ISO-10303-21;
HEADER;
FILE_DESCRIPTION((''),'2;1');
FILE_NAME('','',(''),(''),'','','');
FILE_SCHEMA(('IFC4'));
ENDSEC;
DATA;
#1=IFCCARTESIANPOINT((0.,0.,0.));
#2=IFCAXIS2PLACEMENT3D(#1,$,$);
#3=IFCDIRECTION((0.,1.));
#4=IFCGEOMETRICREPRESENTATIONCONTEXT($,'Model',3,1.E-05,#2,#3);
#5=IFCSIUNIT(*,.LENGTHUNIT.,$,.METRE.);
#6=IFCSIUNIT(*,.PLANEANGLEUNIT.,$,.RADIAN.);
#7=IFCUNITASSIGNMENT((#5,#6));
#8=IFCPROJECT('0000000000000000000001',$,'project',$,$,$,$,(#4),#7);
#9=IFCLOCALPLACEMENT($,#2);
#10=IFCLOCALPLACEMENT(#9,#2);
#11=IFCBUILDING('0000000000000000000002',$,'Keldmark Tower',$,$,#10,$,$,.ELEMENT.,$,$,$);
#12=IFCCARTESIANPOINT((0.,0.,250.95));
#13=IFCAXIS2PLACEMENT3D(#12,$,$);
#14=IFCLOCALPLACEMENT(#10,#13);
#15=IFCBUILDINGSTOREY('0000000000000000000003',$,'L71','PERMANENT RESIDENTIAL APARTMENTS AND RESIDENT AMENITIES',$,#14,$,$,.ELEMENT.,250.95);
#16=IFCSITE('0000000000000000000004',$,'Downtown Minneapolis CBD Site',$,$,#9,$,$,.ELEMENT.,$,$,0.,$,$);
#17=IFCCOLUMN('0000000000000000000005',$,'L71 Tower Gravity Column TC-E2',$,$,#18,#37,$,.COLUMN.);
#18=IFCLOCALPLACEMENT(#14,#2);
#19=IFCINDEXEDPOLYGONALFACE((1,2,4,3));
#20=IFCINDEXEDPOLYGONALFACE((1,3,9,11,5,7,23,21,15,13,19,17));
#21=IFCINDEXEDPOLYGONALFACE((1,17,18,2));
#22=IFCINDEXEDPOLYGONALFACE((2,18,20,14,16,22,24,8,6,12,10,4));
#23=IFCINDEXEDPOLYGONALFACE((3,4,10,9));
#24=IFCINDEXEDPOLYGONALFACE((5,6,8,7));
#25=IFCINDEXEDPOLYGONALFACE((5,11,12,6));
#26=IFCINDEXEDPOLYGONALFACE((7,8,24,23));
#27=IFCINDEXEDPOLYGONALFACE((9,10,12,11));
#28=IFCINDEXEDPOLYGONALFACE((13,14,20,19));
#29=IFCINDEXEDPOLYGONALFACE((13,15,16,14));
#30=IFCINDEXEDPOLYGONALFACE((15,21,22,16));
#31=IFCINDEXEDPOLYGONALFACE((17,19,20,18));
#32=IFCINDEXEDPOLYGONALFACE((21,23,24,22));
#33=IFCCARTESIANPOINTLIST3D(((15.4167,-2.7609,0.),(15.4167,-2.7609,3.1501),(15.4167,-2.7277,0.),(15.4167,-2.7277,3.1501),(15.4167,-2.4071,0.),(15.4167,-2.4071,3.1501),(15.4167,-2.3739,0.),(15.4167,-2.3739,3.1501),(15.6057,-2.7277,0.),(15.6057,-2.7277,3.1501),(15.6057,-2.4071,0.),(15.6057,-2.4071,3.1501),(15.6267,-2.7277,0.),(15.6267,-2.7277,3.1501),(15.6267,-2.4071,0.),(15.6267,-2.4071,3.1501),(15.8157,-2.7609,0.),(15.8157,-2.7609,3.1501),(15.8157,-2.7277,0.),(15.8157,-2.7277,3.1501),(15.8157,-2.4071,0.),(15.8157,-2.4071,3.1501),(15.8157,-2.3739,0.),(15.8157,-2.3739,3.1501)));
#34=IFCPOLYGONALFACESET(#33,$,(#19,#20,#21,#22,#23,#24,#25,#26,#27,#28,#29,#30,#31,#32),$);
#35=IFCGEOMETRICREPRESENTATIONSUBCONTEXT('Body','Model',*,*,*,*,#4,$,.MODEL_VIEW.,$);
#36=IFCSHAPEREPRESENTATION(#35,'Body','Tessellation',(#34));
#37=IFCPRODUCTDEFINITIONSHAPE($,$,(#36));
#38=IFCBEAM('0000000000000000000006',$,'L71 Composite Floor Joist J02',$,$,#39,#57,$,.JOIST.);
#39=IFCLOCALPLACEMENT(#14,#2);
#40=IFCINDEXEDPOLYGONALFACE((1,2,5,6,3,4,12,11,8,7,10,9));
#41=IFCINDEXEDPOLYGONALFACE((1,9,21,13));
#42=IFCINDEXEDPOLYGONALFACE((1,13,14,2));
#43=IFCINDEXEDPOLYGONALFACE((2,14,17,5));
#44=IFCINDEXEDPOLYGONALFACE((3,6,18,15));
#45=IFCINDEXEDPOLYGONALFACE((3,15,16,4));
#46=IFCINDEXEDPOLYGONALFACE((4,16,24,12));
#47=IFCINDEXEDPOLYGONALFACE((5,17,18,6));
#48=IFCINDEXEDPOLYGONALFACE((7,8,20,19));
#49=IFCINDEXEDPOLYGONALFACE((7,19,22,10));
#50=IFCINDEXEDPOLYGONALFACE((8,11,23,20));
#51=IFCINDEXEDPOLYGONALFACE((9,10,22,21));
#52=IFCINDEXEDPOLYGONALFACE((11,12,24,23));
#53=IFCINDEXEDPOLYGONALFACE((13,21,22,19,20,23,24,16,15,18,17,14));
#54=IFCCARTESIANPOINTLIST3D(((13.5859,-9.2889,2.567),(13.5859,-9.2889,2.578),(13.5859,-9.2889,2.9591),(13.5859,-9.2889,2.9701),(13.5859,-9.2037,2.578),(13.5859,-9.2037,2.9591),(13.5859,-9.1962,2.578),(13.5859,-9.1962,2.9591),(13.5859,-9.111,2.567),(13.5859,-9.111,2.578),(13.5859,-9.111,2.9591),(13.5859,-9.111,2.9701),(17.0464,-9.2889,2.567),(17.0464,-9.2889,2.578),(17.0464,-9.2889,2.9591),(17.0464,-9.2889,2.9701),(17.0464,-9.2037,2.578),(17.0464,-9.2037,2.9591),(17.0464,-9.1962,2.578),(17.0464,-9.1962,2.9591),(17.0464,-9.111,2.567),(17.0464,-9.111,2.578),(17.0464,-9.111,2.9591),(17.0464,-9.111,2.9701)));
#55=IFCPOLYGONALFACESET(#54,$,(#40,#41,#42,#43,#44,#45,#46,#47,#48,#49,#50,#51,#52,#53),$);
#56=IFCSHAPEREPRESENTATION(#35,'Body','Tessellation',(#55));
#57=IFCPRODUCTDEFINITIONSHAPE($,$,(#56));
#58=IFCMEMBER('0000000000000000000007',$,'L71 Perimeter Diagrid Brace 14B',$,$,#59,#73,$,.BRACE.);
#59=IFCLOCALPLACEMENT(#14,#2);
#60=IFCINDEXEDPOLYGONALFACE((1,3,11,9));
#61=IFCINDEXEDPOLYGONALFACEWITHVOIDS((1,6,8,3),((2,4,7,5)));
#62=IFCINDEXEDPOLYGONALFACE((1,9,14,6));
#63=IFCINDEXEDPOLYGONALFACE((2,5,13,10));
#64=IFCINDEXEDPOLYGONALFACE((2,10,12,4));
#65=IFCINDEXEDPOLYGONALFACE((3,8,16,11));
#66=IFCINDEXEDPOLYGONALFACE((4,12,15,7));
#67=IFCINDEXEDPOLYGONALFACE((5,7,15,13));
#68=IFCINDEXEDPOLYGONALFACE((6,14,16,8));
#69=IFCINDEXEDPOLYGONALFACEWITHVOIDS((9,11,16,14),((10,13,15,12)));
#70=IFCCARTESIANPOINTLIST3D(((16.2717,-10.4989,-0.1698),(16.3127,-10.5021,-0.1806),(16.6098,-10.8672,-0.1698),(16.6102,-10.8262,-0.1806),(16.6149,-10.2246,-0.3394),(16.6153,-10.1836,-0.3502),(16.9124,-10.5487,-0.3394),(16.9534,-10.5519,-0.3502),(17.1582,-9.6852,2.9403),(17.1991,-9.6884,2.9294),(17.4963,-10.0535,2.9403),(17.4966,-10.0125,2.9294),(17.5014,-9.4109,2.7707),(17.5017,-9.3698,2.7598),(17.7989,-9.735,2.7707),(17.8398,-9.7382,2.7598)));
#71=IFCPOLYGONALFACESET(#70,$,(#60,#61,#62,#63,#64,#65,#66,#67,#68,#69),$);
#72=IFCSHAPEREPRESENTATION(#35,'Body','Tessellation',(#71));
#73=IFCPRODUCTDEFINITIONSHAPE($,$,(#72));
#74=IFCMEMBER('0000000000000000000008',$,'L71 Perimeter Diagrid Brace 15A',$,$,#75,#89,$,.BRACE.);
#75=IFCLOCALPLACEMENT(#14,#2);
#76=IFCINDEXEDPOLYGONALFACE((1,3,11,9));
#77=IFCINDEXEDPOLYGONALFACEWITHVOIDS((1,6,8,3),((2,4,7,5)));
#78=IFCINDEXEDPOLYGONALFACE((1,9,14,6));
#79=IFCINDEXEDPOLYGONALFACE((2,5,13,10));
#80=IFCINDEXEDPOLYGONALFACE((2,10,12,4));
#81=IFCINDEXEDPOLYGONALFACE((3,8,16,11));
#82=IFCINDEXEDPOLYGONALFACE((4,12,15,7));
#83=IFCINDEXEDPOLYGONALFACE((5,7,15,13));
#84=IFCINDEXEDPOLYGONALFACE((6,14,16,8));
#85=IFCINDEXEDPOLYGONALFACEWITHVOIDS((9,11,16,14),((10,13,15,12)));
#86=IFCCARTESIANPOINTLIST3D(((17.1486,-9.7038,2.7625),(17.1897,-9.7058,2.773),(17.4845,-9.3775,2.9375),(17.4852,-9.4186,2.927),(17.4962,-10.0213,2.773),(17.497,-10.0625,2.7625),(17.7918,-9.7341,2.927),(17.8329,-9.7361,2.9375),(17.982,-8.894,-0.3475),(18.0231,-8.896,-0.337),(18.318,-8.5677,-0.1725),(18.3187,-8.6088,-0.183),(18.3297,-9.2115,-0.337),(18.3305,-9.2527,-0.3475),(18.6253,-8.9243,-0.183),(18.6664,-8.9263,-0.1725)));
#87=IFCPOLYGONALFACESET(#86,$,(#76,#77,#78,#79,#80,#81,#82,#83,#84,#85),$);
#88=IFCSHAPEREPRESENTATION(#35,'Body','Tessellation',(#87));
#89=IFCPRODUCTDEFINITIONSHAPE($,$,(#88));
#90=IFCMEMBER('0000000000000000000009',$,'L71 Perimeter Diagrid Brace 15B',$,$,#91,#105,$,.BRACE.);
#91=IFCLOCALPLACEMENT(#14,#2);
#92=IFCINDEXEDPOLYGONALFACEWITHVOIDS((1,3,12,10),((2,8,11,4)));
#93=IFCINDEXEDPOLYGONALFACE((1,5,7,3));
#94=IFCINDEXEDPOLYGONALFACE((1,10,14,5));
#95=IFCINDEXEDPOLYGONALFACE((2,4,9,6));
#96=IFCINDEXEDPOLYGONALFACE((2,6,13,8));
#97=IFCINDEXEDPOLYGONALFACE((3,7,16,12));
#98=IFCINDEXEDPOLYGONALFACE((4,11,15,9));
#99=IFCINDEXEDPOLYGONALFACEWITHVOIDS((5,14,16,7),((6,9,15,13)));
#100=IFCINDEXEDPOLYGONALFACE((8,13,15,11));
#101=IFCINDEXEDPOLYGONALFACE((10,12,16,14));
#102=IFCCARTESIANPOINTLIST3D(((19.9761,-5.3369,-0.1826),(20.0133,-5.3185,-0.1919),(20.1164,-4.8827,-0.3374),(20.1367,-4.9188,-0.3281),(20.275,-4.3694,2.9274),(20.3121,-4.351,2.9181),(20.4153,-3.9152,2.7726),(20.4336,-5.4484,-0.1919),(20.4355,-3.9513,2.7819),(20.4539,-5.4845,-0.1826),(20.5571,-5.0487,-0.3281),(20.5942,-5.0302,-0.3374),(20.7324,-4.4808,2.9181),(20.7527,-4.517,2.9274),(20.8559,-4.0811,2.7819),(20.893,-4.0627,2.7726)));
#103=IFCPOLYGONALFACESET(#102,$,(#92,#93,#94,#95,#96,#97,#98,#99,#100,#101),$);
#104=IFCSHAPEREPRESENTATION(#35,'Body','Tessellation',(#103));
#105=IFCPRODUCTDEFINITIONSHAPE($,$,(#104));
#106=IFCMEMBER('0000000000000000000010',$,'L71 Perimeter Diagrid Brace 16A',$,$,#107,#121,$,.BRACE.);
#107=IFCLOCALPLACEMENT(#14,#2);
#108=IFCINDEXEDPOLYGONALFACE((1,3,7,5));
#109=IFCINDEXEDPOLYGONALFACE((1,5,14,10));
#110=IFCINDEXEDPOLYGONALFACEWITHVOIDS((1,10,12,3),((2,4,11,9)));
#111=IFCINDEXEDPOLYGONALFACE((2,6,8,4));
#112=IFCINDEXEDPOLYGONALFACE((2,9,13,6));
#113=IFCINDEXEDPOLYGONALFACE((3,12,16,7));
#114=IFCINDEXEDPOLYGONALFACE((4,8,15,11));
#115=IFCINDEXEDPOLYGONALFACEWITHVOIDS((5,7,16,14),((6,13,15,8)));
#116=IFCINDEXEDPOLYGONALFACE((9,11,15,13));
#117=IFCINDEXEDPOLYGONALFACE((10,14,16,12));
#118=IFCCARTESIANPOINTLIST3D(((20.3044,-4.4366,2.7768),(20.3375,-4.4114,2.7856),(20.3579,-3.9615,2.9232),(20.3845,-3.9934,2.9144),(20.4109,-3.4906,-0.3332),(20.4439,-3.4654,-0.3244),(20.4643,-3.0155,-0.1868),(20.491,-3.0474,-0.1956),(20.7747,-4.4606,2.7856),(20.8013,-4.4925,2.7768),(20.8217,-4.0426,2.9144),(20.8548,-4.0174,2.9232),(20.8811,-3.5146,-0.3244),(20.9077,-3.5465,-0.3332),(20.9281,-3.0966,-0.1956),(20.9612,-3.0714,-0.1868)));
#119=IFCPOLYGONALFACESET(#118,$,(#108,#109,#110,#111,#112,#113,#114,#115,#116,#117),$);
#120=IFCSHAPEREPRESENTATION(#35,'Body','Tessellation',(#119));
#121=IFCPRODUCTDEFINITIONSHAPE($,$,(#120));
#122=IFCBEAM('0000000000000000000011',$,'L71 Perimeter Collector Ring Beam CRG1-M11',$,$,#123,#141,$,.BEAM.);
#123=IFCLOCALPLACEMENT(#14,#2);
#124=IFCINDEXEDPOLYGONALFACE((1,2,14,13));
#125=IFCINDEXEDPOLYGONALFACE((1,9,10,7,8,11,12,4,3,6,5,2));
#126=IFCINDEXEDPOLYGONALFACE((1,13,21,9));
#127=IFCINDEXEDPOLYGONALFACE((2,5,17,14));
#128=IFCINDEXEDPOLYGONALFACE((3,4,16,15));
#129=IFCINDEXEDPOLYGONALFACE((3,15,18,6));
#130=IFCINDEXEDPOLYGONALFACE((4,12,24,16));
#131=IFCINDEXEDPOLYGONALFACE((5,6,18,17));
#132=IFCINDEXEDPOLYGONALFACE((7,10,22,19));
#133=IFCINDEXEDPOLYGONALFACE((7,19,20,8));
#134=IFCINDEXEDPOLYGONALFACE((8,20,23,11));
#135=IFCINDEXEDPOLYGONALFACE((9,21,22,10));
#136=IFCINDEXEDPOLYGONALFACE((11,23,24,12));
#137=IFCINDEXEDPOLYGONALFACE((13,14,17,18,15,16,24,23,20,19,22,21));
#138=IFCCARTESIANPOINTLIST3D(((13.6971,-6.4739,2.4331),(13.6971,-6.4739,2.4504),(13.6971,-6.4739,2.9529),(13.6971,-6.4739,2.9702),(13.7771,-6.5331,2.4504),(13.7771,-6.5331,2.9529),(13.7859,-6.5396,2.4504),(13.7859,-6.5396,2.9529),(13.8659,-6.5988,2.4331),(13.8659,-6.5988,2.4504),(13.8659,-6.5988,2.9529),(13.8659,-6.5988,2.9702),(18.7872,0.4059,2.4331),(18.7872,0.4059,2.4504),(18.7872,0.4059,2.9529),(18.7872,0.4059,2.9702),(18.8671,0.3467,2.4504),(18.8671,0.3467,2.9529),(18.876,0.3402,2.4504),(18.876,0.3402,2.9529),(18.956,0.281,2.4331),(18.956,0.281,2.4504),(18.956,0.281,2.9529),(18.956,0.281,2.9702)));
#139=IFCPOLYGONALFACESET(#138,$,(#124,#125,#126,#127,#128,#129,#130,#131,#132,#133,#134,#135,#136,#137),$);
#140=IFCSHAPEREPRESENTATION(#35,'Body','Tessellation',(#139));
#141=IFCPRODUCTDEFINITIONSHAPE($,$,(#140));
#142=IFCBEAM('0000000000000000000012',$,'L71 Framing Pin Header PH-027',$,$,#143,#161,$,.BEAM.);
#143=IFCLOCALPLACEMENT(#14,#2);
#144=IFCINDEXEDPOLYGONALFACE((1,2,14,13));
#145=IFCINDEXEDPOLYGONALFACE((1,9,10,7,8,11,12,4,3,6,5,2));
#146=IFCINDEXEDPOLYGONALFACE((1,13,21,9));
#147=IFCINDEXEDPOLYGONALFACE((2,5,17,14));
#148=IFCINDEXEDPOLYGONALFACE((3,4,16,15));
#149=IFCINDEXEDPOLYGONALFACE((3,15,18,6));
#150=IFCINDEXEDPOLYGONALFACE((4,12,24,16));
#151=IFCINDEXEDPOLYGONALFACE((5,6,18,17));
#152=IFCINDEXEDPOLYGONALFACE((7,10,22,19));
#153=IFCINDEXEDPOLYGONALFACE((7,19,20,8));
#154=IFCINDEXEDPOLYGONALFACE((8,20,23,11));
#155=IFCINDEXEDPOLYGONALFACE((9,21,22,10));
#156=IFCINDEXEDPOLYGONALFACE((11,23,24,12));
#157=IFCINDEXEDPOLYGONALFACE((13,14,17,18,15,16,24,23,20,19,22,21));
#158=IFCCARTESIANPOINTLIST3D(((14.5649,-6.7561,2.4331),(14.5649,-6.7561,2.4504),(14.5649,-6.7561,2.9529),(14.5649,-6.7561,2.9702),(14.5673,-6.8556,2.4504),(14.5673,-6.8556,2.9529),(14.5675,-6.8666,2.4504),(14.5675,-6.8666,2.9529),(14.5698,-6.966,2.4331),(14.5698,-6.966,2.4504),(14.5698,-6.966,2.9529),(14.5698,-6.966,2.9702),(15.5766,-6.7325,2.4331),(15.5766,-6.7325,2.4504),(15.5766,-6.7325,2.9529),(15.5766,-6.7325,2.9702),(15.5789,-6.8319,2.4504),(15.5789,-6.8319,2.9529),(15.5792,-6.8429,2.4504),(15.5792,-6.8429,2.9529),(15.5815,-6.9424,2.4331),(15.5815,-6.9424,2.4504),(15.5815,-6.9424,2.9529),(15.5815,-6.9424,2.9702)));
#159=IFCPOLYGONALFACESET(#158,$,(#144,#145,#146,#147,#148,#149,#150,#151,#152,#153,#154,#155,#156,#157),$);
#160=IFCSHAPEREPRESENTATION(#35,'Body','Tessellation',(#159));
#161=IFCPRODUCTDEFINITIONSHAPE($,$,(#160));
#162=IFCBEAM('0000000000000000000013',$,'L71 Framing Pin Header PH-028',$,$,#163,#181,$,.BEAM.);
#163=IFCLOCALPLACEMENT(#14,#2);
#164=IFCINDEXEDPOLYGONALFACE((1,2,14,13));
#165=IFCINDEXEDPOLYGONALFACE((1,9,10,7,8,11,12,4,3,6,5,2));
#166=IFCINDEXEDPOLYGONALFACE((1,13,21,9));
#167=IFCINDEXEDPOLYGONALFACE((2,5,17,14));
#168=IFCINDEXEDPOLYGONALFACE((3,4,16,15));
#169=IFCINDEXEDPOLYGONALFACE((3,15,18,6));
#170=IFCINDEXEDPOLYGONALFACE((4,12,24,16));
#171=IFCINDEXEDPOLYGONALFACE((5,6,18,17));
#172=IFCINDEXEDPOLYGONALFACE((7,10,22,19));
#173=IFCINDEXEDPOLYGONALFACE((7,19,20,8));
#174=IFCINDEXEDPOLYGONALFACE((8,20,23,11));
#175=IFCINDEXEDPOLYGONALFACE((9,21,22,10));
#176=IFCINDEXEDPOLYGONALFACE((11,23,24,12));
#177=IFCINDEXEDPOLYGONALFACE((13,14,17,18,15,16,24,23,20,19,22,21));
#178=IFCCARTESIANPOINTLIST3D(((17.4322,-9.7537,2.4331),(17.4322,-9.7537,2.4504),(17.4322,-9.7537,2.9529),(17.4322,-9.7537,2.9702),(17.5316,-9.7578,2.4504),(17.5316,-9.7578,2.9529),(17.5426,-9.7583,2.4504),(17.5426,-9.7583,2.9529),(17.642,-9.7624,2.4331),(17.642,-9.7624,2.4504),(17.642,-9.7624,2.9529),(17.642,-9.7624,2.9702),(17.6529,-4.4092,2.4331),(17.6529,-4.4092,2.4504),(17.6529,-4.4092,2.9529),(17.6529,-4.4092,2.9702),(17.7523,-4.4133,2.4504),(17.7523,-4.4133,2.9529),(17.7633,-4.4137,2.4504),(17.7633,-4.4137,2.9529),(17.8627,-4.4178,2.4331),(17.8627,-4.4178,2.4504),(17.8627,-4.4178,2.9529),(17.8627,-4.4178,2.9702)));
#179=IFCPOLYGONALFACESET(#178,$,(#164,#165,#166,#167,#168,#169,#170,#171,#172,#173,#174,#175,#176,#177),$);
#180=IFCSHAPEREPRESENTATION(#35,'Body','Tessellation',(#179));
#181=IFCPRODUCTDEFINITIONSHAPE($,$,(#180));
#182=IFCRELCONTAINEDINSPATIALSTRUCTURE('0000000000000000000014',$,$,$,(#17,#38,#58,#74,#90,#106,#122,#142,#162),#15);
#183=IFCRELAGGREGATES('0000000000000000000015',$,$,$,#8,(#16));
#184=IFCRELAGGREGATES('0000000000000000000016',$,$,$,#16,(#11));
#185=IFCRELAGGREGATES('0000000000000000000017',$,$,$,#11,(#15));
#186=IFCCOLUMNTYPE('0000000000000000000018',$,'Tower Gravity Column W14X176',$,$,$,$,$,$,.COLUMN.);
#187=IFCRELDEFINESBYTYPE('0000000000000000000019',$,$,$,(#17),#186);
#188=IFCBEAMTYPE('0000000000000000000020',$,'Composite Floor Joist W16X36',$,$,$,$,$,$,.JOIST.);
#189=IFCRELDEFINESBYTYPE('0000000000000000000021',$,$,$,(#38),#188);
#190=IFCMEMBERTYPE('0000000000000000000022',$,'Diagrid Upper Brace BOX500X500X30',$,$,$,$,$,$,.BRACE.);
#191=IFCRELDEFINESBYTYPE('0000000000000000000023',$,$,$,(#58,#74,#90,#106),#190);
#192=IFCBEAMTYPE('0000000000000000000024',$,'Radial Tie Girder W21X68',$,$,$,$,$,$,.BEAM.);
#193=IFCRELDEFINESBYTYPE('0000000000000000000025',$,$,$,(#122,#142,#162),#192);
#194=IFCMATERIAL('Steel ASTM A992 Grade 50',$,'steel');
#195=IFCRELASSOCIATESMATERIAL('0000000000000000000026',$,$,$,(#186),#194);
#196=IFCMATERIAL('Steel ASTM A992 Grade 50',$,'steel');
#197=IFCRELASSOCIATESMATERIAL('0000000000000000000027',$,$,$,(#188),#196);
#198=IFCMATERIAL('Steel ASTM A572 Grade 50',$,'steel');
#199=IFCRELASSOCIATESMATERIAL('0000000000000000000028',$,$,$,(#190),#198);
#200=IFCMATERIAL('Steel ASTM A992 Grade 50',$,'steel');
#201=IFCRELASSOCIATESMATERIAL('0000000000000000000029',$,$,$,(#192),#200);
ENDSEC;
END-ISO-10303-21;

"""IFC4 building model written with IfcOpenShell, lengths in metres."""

from ifc_helpers import new_model, si_unit, direction, frame, origin, origin_2d, place, context, subcontext, project, spatial, hollow_rectangle, i_section, extrude, material, material_profile, profile_set, type_object, element, save


model = new_model("IFC4")

# Units and contexts
model_context = context("Model", 3, precision=1e-05, world=origin(), true_north=direction((0.0, 1.0)))
body_context = subcontext(model_context, "Body", "Model", "MODEL_VIEW")
ifc_project = project(units=[si_unit("LENGTHUNIT", "METRE"), si_unit("PLANEANGLEUNIT", "RADIAN")], contexts=[model_context])

# Site, building, storey
site_placement = place(None, origin())
site = spatial("IfcSite", under=ifc_project, at=site_placement, Name="Downtown Minneapolis CBD Site", CompositionType="ELEMENT", RefElevation=0.0)
building_placement = place(site_placement, origin())
building = spatial("IfcBuilding", under=site, at=building_placement, Name="Keldmark Tower", CompositionType="ELEMENT")
storey_placement = place(building_placement, frame((0.0, 0.0, 250.95)))
storey = spatial("IfcBuildingStorey", under=building, at=storey_placement, Name="L71", Description="PERMANENT RESIDENTIAL APARTMENTS AND RESIDENT AMENITIES", CompositionType="ELEMENT", Elevation=250.95)

# Column
ifc_material_1 = material(Name="Steel ASTM A992 Grade 50", Category="steel")
ifc_material_profile_1 = material_profile(ifc_material_1, i_section(OverallWidth=0.3989, OverallDepth=0.387, WebThickness=0.021, FlangeThickness=0.0332, at=origin_2d()), Name="W14X176")
ifc_profile_set_1 = profile_set([ifc_material_profile_1], Name="Steel ASTM A992 Grade 50")
column_type = type_object("IfcColumnType", Name="Tower Gravity Column W14X176", PredefinedType="COLUMN", material=ifc_profile_set_1)
column_placement = place(storey_placement, frame((15.6162, -2.5674, 0.0), z_axis=(0.0, 0.0, 1.0), x_axis=(1.0, 0.0, 0.0)))
element("IfcColumn", 1, at=column_placement, inside=storey, type_object=column_type, Name="L71 Tower Gravity Column TC-E2", PredefinedType="COLUMN", context=body_context, shape_type="SweptSolid", body=[
    extrude(i_section(OverallWidth=0.3989, OverallDepth=0.387, WebThickness=0.021, FlangeThickness=0.0332, at=origin_2d()), origin(), (0.0, 0.0, 1.0), 3.1501),
])

# Beam
ifc_material_2 = material(Name="Steel ASTM A992 Grade 50", Category="steel")
ifc_material_profile_2 = material_profile(ifc_material_2, i_section(OverallWidth=0.178, OverallDepth=0.4031, WebThickness=0.0076, FlangeThickness=0.011, at=origin_2d()), Name="W16X36")
ifc_profile_set_2 = profile_set([ifc_material_profile_2], Name="Steel ASTM A992 Grade 50")
beam_type_1 = type_object("IfcBeamType", Name="Composite Floor Joist W16X36", PredefinedType="JOIST", material=ifc_profile_set_2)
beam_1_placement = place(storey_placement, frame((13.5859, -9.2, 2.7686), z_axis=(1.0, 0.0, 0.0), x_axis=(0.0, 1.0, 0.0)))
element("IfcBeam", 2, at=beam_1_placement, inside=storey, type_object=beam_type_1, Name="L71 Composite Floor Joist J02", PredefinedType="JOIST", context=body_context, shape_type="SweptSolid", body=[
    extrude(i_section(OverallWidth=0.178, OverallDepth=0.4031, WebThickness=0.0076, FlangeThickness=0.011, at=origin_2d()), origin(), (0.0, 0.0, 1.0), 3.4604),
])

# Members
ifc_material_3 = material(Name="Steel ASTM A572 Grade 50", Category="steel")
ifc_material_profile_3 = material_profile(ifc_material_3, hollow_rectangle(XDim=0.5, YDim=0.5, WallThickness=0.03, at=origin_2d()), Name="BOX500X500X30")
ifc_profile_set_3 = profile_set([ifc_material_profile_3], Name="Steel ASTM A572 Grade 50")
member_type = type_object("IfcMemberType", Name="Diagrid Upper Brace BOX500X500X30", PredefinedType="BRACE", material=ifc_profile_set_3)
member_1_placement = place(storey_placement, frame((16.6125, -10.5254, -0.26), z_axis=(0.265827, 0.24401, 0.932628), x_axis=(-0.67623, 0.736691, 0.0)))
element("IfcMember", 3, at=member_1_placement, inside=storey, type_object=member_type, Name="L71 Perimeter Diagrid Brace 14B", PredefinedType="BRACE", context=body_context, shape_type="SweptSolid", body=[
    extrude(hollow_rectangle(XDim=0.5, YDim=0.5, WallThickness=0.03, at=origin_2d()), origin(), (0.0, 0.0, 1.0), 3.3347),
])
member_2_placement = place(storey_placement, frame((18.3242, -8.9102, -0.26), z_axis=(-0.251043, -0.24391, 0.936742), x_axis=(0.696844, -0.717222, 0.0)))
element("IfcMember", 4, at=member_2_placement, inside=storey, type_object=member_type, Name="L71 Perimeter Diagrid Brace 15A", PredefinedType="BRACE", context=body_context, shape_type="SweptSolid", body=[
    extrude(hollow_rectangle(XDim=0.5, YDim=0.5, WallThickness=0.03, at=origin_2d()), origin(), (0.0, 0.0, 1.0), 3.3201),
])
member_3_placement = place(storey_placement, frame((20.2852, -5.1836, -0.26), z_axis=(0.091362, 0.295808, 0.950868), x_axis=(-0.955466, 0.295102, 0.0)))
element("IfcMember", 5, at=member_3_placement, inside=storey, type_object=member_type, Name="L71 Perimeter Diagrid Brace 15B", PredefinedType="BRACE", context=body_context, shape_type="SweptSolid", body=[
    extrude(hollow_rectangle(XDim=0.5, YDim=0.5, WallThickness=0.03, at=origin_2d()), origin(), (0.0, 0.0, 1.0), 3.2708),
])
member_4_placement = place(storey_placement, frame((20.686, -3.281, -0.26), z_axis=(-0.032727, -0.290862, 0.956205), x_axis=(0.99373, -0.111811, 0.0)))
element("IfcMember", 6, at=member_4_placement, inside=storey, type_object=member_type, Name="L71 Perimeter Diagrid Brace 16A", PredefinedType="BRACE", context=body_context, shape_type="SweptSolid", body=[
    extrude(hollow_rectangle(XDim=0.5, YDim=0.5, WallThickness=0.03, at=origin_2d()), origin(), (0.0, 0.0, 1.0), 3.2524),
])

# Beams
ifc_material_4 = material(Name="Steel ASTM A992 Grade 50", Category="steel")
ifc_material_profile_4 = material_profile(ifc_material_4, i_section(OverallWidth=0.21, OverallDepth=0.5371, WebThickness=0.011, FlangeThickness=0.0173, at=origin_2d()), Name="W21X68")
ifc_profile_set_4 = profile_set([ifc_material_profile_4], Name="Steel ASTM A992 Grade 50")
beam_type_2 = type_object("IfcBeamType", Name="Radial Tie Girder W21X68", PredefinedType="BEAM", material=ifc_profile_set_4)
beam_2_placement = place(storey_placement, frame((13.7815, -6.5364, 2.7017), z_axis=(0.594766, 0.803899, 0.0), x_axis=(-0.803899, 0.594766, 0.0)))
element("IfcBeam", 7, at=beam_2_placement, inside=storey, type_object=beam_type_2, Name="L71 Perimeter Collector Ring Beam CRG1-M11", PredefinedType="BEAM", context=body_context, shape_type="SweptSolid", body=[
    extrude(i_section(OverallWidth=0.21, OverallDepth=0.5371, WebThickness=0.011, FlangeThickness=0.0173, at=origin_2d()), origin(), (0.0, 0.0, 1.0), 8.5581),
])
beam_3_placement = place(storey_placement, frame((14.5674, -6.8611, 2.7017), z_axis=(0.999726, 0.023401, 0.0), x_axis=(-0.023401, 0.999726, 0.0)))
element("IfcBeam", 8, at=beam_3_placement, inside=storey, type_object=beam_type_2, Name="L71 Framing Pin Header PH-027", PredefinedType="BEAM", context=body_context, shape_type="SweptSolid", body=[
    extrude(i_section(OverallWidth=0.21, OverallDepth=0.5371, WebThickness=0.011, FlangeThickness=0.0173, at=origin_2d()), origin(), (0.0, 0.0, 1.0), 1.012),
])
beam_4_placement = place(storey_placement, frame((17.5371, -9.7581, 2.7017), z_axis=(0.04126, 0.999148, 0.0), x_axis=(-0.999148, 0.04126, 0.0)))
element("IfcBeam", 9, at=beam_4_placement, inside=storey, type_object=beam_type_2, Name="L71 Framing Pin Header PH-028", PredefinedType="BEAM", context=body_context, shape_type="SweptSolid", body=[
    extrude(i_section(OverallWidth=0.21, OverallDepth=0.5371, WebThickness=0.011, FlangeThickness=0.0173, at=origin_2d()), origin(), (0.0, 0.0, 1.0), 5.3491),
])

save(model, "model.ifc")
